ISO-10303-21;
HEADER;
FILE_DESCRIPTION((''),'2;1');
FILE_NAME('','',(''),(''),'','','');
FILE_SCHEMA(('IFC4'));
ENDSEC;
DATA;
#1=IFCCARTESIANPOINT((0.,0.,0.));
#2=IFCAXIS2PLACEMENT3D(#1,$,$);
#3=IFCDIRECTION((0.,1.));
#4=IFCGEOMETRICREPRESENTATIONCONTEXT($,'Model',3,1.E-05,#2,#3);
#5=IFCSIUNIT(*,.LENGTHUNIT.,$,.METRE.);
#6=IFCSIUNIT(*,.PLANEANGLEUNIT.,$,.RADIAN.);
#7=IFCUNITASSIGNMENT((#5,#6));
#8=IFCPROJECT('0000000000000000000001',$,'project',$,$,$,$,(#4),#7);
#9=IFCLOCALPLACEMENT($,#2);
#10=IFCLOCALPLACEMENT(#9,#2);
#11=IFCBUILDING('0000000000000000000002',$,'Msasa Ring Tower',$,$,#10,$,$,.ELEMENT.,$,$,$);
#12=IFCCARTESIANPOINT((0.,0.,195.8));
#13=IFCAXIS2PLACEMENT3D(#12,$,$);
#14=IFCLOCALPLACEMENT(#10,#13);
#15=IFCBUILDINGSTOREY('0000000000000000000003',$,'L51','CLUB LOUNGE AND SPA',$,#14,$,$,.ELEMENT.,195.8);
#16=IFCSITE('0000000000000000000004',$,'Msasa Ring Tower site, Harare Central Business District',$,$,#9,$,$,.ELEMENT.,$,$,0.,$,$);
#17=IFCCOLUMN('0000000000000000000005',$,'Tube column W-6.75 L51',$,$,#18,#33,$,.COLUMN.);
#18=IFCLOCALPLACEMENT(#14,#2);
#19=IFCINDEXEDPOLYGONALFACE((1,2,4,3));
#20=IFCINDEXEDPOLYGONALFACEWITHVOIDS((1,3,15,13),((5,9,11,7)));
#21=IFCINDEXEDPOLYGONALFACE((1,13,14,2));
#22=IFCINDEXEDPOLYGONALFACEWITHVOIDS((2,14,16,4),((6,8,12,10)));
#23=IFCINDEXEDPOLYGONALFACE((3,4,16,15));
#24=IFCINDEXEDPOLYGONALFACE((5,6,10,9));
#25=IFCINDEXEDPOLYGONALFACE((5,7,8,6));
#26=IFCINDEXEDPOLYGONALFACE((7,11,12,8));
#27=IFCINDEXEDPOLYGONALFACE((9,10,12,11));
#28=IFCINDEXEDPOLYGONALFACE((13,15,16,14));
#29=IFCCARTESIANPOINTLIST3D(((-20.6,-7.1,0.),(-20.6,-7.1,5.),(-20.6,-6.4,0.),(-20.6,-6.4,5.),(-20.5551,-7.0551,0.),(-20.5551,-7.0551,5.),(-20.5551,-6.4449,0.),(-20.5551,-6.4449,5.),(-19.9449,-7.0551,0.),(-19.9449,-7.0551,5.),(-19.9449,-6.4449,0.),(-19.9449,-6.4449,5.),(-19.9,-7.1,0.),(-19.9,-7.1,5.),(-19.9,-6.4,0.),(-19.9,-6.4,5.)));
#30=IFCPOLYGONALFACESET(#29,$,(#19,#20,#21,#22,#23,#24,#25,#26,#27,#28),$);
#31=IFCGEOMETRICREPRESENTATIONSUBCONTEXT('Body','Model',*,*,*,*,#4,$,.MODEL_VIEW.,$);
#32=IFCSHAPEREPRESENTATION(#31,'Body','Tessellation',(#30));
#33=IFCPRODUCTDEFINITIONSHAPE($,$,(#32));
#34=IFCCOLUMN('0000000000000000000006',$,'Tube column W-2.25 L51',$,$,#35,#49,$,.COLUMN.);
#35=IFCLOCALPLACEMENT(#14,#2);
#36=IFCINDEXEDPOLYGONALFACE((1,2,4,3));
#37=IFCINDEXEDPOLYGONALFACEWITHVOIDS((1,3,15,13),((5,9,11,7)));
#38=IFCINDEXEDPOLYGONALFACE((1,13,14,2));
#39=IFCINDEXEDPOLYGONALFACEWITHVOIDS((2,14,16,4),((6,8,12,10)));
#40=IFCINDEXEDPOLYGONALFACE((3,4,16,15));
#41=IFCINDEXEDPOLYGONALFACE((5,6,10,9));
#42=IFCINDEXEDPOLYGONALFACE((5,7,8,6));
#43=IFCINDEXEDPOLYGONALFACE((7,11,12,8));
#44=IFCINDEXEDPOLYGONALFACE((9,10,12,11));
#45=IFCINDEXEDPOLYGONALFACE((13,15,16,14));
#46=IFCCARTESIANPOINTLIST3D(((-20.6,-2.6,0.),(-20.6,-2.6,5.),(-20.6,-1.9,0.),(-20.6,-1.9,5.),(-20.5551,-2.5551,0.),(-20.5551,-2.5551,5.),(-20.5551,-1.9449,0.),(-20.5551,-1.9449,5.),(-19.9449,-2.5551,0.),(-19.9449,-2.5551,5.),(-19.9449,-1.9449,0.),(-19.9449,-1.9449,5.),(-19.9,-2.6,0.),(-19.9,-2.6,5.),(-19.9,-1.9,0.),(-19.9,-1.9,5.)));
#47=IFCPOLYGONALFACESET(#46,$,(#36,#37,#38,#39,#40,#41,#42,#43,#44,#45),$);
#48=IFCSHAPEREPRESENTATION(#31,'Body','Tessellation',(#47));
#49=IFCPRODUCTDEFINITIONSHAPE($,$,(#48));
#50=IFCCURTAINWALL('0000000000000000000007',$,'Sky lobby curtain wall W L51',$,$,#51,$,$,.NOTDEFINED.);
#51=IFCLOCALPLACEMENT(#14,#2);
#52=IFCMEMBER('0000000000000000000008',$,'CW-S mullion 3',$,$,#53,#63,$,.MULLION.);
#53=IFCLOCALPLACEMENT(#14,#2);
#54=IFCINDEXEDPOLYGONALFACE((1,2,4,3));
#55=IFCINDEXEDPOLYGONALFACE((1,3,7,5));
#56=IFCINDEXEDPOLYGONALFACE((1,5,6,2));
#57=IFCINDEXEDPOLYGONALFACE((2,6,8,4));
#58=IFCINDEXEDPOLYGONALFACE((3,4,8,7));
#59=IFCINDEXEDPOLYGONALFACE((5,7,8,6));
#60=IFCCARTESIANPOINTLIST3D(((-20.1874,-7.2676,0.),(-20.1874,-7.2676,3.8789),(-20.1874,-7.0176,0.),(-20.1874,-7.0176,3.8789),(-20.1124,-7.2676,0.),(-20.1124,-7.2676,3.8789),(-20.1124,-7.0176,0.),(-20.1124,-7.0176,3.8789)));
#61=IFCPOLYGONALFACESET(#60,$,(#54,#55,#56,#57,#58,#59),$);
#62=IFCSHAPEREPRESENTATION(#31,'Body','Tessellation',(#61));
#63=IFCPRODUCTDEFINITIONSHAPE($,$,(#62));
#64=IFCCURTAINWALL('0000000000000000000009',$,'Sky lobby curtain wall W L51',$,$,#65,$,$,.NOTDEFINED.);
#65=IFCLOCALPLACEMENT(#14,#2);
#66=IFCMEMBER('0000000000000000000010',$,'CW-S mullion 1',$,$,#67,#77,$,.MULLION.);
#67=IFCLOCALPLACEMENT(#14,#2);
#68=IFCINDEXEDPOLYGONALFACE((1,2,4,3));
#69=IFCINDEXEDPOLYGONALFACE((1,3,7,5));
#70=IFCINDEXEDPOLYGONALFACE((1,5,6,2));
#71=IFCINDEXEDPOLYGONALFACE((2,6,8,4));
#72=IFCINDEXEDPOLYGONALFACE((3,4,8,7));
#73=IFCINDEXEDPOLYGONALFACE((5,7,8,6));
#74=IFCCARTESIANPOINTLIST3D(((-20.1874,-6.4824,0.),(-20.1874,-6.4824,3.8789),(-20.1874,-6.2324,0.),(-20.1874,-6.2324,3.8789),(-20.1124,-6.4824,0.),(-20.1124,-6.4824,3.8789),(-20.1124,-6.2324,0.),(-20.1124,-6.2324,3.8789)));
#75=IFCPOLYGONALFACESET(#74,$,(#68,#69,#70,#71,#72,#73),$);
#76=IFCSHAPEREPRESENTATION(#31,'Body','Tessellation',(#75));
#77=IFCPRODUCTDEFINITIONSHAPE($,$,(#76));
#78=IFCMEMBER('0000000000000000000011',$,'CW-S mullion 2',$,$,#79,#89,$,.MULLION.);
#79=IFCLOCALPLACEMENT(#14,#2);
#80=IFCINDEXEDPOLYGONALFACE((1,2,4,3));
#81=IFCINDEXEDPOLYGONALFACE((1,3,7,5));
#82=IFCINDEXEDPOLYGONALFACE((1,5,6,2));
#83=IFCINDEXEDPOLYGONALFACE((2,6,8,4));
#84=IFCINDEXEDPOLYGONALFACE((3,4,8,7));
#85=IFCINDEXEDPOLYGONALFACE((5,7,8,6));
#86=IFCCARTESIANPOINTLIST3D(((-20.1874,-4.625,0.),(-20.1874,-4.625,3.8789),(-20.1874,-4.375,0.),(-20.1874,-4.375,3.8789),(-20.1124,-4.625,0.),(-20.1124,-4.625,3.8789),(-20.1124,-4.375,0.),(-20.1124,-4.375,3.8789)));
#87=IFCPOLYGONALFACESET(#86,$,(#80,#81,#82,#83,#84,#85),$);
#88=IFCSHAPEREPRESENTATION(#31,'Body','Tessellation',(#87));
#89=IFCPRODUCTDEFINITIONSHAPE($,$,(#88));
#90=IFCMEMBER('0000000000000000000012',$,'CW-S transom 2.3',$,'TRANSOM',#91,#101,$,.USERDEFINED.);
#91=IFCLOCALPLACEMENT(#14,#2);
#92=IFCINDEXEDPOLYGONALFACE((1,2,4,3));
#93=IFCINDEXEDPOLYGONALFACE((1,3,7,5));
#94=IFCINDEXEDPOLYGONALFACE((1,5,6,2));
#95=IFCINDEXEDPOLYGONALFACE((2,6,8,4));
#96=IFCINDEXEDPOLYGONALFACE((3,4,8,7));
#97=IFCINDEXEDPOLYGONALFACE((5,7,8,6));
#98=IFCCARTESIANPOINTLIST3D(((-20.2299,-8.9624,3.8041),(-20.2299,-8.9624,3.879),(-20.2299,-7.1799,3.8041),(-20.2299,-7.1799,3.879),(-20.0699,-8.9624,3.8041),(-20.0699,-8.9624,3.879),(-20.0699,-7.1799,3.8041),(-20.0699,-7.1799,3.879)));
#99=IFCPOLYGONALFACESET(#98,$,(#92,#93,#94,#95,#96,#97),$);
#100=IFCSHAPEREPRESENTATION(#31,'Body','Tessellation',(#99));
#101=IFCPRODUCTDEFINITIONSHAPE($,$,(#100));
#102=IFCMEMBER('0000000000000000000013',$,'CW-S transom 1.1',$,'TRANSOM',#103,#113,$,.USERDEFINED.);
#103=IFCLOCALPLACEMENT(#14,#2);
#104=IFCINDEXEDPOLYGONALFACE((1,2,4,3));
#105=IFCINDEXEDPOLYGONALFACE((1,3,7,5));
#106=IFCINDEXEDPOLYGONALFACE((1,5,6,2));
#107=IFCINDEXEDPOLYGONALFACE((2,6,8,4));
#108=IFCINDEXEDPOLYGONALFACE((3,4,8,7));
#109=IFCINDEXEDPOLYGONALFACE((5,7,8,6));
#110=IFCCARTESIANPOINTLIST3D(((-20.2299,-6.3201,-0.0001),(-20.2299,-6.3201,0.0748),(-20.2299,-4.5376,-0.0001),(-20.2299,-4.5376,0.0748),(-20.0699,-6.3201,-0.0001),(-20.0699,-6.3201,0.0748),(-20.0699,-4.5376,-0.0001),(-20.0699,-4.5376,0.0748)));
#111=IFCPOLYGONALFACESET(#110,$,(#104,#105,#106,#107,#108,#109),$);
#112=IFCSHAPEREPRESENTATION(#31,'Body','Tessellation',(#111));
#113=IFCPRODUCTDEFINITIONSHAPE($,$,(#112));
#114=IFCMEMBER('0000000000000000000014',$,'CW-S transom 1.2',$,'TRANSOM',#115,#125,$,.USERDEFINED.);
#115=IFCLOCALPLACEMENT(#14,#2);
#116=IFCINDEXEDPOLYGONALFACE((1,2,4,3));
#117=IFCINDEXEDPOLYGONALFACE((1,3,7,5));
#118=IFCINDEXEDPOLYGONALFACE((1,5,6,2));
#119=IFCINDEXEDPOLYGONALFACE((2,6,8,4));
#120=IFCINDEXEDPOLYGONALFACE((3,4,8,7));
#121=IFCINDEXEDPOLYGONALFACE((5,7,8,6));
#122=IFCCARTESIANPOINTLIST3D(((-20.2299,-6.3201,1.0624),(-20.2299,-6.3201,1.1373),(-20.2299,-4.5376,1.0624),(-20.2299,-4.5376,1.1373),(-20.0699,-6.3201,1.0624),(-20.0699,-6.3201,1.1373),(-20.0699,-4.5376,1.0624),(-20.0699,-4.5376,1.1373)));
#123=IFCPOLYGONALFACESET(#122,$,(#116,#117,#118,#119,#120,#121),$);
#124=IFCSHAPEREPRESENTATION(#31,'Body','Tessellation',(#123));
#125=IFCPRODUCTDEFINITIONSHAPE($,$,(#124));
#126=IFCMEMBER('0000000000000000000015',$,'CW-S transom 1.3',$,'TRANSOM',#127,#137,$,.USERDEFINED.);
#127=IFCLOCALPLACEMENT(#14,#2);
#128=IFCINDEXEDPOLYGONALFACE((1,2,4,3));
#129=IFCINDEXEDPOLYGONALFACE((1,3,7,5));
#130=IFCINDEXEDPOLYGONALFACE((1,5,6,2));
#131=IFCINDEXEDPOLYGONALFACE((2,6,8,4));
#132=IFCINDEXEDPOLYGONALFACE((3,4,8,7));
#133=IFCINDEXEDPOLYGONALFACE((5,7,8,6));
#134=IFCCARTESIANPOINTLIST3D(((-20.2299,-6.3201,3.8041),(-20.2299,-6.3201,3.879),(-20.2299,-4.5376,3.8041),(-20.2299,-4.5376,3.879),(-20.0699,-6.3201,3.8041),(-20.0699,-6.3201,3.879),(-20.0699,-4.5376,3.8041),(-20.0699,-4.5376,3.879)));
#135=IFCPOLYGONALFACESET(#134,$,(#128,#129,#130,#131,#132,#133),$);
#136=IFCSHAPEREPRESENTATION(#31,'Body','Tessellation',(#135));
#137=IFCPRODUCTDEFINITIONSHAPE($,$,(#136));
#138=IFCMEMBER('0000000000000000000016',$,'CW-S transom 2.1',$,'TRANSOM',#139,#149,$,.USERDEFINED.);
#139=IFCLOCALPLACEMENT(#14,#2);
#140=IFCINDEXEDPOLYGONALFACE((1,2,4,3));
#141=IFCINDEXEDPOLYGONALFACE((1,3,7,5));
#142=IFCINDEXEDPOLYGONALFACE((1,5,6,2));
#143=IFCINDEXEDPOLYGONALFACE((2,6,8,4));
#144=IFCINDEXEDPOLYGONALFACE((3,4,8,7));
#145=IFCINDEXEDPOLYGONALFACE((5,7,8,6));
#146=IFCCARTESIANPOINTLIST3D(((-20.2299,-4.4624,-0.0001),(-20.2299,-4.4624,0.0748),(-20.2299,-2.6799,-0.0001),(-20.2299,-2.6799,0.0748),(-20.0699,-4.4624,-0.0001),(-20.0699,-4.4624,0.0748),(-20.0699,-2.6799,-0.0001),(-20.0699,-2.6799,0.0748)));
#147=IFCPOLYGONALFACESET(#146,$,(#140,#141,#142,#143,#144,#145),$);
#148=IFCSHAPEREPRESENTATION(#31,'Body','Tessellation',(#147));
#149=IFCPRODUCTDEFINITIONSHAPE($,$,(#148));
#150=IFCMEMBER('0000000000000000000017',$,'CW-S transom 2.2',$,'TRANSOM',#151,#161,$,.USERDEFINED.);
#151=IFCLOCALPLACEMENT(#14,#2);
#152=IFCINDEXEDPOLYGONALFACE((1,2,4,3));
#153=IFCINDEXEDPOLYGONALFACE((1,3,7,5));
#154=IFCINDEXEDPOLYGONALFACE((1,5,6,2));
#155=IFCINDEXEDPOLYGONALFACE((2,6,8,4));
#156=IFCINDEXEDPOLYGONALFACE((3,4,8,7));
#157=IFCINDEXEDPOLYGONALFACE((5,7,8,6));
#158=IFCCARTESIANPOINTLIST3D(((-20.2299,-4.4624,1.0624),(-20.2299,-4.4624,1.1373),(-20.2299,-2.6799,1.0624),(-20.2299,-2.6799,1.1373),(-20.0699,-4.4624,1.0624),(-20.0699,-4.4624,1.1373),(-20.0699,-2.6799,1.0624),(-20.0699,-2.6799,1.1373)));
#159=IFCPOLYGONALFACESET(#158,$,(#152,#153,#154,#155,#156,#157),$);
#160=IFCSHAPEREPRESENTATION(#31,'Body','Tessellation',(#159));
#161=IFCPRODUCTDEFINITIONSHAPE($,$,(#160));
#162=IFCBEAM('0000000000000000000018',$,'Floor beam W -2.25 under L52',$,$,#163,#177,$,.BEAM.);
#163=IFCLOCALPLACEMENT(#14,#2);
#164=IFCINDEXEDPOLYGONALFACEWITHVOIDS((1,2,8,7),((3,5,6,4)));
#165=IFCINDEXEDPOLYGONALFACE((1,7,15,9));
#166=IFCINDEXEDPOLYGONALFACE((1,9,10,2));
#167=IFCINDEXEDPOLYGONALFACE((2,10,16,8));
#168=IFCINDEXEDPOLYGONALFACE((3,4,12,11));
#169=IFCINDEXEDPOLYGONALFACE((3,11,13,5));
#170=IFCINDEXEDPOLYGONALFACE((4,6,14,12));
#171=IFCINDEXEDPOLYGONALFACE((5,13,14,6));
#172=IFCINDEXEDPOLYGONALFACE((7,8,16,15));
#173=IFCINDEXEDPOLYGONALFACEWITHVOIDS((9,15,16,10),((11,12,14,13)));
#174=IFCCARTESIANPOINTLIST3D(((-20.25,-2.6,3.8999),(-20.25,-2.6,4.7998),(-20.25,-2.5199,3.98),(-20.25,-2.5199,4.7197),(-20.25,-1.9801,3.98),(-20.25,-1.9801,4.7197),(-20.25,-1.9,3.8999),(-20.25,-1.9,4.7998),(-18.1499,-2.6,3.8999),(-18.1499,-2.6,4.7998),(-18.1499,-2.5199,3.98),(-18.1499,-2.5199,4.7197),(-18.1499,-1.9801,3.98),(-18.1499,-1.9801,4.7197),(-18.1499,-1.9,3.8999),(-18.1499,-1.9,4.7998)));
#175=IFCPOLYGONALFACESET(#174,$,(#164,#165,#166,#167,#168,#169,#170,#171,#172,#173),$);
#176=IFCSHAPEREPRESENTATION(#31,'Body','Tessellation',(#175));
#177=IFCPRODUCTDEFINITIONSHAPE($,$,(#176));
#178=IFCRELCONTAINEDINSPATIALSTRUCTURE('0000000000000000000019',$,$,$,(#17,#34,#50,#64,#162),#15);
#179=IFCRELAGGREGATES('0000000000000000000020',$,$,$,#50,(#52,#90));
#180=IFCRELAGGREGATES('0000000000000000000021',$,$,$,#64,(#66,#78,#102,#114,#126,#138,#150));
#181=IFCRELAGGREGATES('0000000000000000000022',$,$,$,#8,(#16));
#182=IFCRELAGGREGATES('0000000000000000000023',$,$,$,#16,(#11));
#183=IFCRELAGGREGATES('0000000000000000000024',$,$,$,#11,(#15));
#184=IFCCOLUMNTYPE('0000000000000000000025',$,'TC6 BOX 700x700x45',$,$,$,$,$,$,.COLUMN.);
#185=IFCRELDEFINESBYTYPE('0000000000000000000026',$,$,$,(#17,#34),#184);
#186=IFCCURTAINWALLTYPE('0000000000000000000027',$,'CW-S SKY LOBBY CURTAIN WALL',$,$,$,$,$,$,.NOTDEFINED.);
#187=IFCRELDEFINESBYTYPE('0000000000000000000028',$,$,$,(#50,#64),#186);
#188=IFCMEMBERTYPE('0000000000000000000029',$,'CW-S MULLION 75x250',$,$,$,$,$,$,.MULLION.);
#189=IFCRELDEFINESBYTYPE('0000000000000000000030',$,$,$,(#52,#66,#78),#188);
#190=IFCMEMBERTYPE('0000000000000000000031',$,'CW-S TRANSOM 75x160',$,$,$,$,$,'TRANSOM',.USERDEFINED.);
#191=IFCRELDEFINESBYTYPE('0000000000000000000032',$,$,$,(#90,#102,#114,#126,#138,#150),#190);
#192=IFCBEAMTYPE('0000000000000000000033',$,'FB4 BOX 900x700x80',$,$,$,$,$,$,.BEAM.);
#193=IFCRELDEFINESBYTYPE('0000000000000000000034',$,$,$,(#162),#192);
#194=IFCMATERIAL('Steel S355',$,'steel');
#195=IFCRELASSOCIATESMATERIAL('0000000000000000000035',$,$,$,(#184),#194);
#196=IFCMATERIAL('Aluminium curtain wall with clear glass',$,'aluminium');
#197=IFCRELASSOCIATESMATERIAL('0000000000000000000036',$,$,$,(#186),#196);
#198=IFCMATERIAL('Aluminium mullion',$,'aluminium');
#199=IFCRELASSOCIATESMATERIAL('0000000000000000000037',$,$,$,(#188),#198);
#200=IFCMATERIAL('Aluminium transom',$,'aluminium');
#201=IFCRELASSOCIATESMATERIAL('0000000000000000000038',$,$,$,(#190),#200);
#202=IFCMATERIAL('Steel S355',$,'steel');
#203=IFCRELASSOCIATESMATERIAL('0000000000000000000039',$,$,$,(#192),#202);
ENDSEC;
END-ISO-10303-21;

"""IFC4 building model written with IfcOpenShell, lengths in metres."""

from ifc_helpers import new_model, si_unit, direction, frame, origin, origin_2d, place, context, subcontext, project, spatial, rectangle, hollow_rectangle, extrude, material, material_profile, profile_set, type_object, element, aggregate, save


model = new_model("IFC4")

# Units and contexts
model_context = context("Model", 3, precision=1e-05, world=origin(), true_north=direction((0.0, 1.0)))
body_context = subcontext(model_context, "Body", "Model", "MODEL_VIEW")
ifc_project = project(units=[si_unit("LENGTHUNIT", "METRE"), si_unit("PLANEANGLEUNIT", "RADIAN")], contexts=[model_context])

# Site, building, storey
site_placement = place(None, origin())
site = spatial("IfcSite", under=ifc_project, at=site_placement, Name="Msasa Ring Tower site, Harare Central Business District", CompositionType="ELEMENT", RefElevation=0.0)
building_placement = place(site_placement, origin())
building = spatial("IfcBuilding", under=site, at=building_placement, Name="Msasa Ring Tower", CompositionType="ELEMENT")
storey_placement = place(building_placement, frame((0.0, 0.0, 195.8)))
storey = spatial("IfcBuildingStorey", under=building, at=storey_placement, Name="L51", Description="CLUB LOUNGE AND SPA", CompositionType="ELEMENT", Elevation=195.8)

# Columns
ifc_material_1 = material(Name="Steel S355", Category="steel")
ifc_material_profile_1 = material_profile(ifc_material_1, hollow_rectangle(XDim=0.7, YDim=0.7, WallThickness=0.0449, at=origin_2d()), Name="BOX 700x700x45")
ifc_profile_set_1 = profile_set([ifc_material_profile_1], Name="Steel S355")
column_type = type_object("IfcColumnType", Name="TC6 BOX 700x700x45", PredefinedType="COLUMN", material=ifc_profile_set_1)
for number, where, z_axis, x_axis, name in (
    (1, (-20.25, -6.75, 0.0), (0.0, 0.0, 1.0), (1.0, 0.0, 0.0), "Tube column W-6.75 L51"),
    (2, (-20.25, -2.25, 0.0), (0.0, 0.0, 1.0), (1.0, 0.0, 0.0), "Tube column W-2.25 L51"),
):
    element("IfcColumn", number, at=place(storey_placement, frame(where, z_axis=z_axis, x_axis=x_axis)), inside=storey, type_object=column_type, Name=name, PredefinedType="COLUMN", context=body_context, shape_type="SweptSolid", body=[
        extrude(hollow_rectangle(XDim=0.7, YDim=0.7, WallThickness=0.0449, at=origin_2d()), origin(), (0.0, 0.0, 1.0), 5.0),
    ])

# Curtain wall, member
ifc_material_2 = material(Name="Aluminium curtain wall with clear glass", Category="aluminium")
curtain_wall_type = type_object("IfcCurtainWallType", Name="CW-S SKY LOBBY CURTAIN WALL", PredefinedType="NOTDEFINED", material=ifc_material_2)
curtain_wall_1_placement = place(storey_placement, origin())
curtain_wall_1 = element("IfcCurtainWall", 3, at=curtain_wall_1_placement, inside=storey, type_object=curtain_wall_type, Name="Sky lobby curtain wall W L51", PredefinedType="NOTDEFINED")
ifc_material_3 = material(Name="Aluminium mullion", Category="aluminium")
ifc_material_profile_2 = material_profile(ifc_material_3, rectangle(XDim=0.075, YDim=0.25, at=origin_2d()), Name="AL 75x250")
ifc_profile_set_2 = profile_set([ifc_material_profile_2], Name="Aluminium mullion")
member_type_1 = type_object("IfcMemberType", Name="CW-S MULLION 75x250", PredefinedType="MULLION", material=ifc_profile_set_2)
member_1_placement = place(storey_placement, frame((-20.1499, -7.1426, 0.0), z_axis=(0.0, 0.0, 1.0), x_axis=(-1.0, 0.0, 0.0)))
member_1 = element("IfcMember", 4, at=member_1_placement, type_object=member_type_1, Name="CW-S mullion 3", PredefinedType="MULLION", context=body_context, shape_type="SweptSolid", body=[
    extrude(rectangle(XDim=0.075, YDim=0.25, at=origin_2d()), origin(), (0.0, 0.0, 1.0), 3.8789),
])

# Curtain wall, members
curtain_wall_2_placement = place(storey_placement, origin())
curtain_wall_2 = element("IfcCurtainWall", 5, at=curtain_wall_2_placement, inside=storey, type_object=curtain_wall_type, Name="Sky lobby curtain wall W L51", PredefinedType="NOTDEFINED")
member_2_placement = place(storey_placement, frame((-20.1499, -6.3574, 0.0), z_axis=(0.0, 0.0, 1.0), x_axis=(-1.0, 0.0, 0.0)))
member_2 = element("IfcMember", 6, at=member_2_placement, type_object=member_type_1, Name="CW-S mullion 1", PredefinedType="MULLION", context=body_context, shape_type="SweptSolid", body=[
    extrude(rectangle(XDim=0.075, YDim=0.25, at=origin_2d()), origin(), (0.0, 0.0, 1.0), 3.8789),
])
member_3_placement = place(storey_placement, frame((-20.1499, -4.5, 0.0), z_axis=(0.0, 0.0, 1.0), x_axis=(-1.0, 0.0, 0.0)))
member_3 = element("IfcMember", 7, at=member_3_placement, type_object=member_type_1, Name="CW-S mullion 2", PredefinedType="MULLION", context=body_context, shape_type="SweptSolid", body=[
    extrude(rectangle(XDim=0.075, YDim=0.25, at=origin_2d()), origin(), (0.0, 0.0, 1.0), 3.8789),
])

# Members
ifc_material_4 = material(Name="Aluminium transom", Category="aluminium")
ifc_material_profile_3 = material_profile(ifc_material_4, rectangle(XDim=0.1599, YDim=0.075, at=origin_2d()), Name="AL 75x160")
ifc_profile_set_3 = profile_set([ifc_material_profile_3], Name="Aluminium transom")
member_type_2 = type_object("IfcMemberType", Name="CW-S TRANSOM 75x160", ElementType="TRANSOM", PredefinedType="USERDEFINED", material=ifc_profile_set_3)
member_4_placement = place(storey_placement, frame((-20.1499, -8.9624, 3.8416), z_axis=(0.0, 1.0, 0.0), x_axis=(-1.0, 0.0, 0.0)))
member_4 = element("IfcMember", 8, at=member_4_placement, type_object=member_type_2, Name="CW-S transom 2.3", ObjectType="TRANSOM", PredefinedType="USERDEFINED", context=body_context, shape_type="SweptSolid", body=[
    extrude(rectangle(XDim=0.1599, YDim=0.075, at=origin_2d()), origin(), (0.0, 0.0, 1.0), 1.7825),
])
member_5_placement = place(storey_placement, frame((-20.1499, -6.3201, 0.0374), z_axis=(0.0, 1.0, 0.0), x_axis=(-1.0, 0.0, 0.0)))
member_5 = element("IfcMember", 9, at=member_5_placement, type_object=member_type_2, Name="CW-S transom 1.1", ObjectType="TRANSOM", PredefinedType="USERDEFINED", context=body_context, shape_type="SweptSolid", body=[
    extrude(rectangle(XDim=0.1599, YDim=0.075, at=origin_2d()), origin(), (0.0, 0.0, 1.0), 1.7825),
])
member_6_placement = place(storey_placement, frame((-20.1499, -6.3201, 1.0999), z_axis=(0.0, 1.0, 0.0), x_axis=(-1.0, 0.0, 0.0)))
member_6 = element("IfcMember", 10, at=member_6_placement, type_object=member_type_2, Name="CW-S transom 1.2", ObjectType="TRANSOM", PredefinedType="USERDEFINED", context=body_context, shape_type="SweptSolid", body=[
    extrude(rectangle(XDim=0.1599, YDim=0.075, at=origin_2d()), origin(), (0.0, 0.0, 1.0), 1.7825),
])
member_7_placement = place(storey_placement, frame((-20.1499, -6.3201, 3.8416), z_axis=(0.0, 1.0, 0.0), x_axis=(-1.0, 0.0, 0.0)))
member_7 = element("IfcMember", 11, at=member_7_placement, type_object=member_type_2, Name="CW-S transom 1.3", ObjectType="TRANSOM", PredefinedType="USERDEFINED", context=body_context, shape_type="SweptSolid", body=[
    extrude(rectangle(XDim=0.1599, YDim=0.075, at=origin_2d()), origin(), (0.0, 0.0, 1.0), 1.7825),
])
member_8_placement = place(storey_placement, frame((-20.1499, -4.4624, 0.0374), z_axis=(0.0, 1.0, 0.0), x_axis=(-1.0, 0.0, 0.0)))
member_8 = element("IfcMember", 12, at=member_8_placement, type_object=member_type_2, Name="CW-S transom 2.1", ObjectType="TRANSOM", PredefinedType="USERDEFINED", context=body_context, shape_type="SweptSolid", body=[
    extrude(rectangle(XDim=0.1599, YDim=0.075, at=origin_2d()), origin(), (0.0, 0.0, 1.0), 1.7825),
])
member_9_placement = place(storey_placement, frame((-20.1499, -4.4624, 1.0999), z_axis=(0.0, 1.0, 0.0), x_axis=(-1.0, 0.0, 0.0)))
member_9 = element("IfcMember", 13, at=member_9_placement, type_object=member_type_2, Name="CW-S transom 2.2", ObjectType="TRANSOM", PredefinedType="USERDEFINED", context=body_context, shape_type="SweptSolid", body=[
    extrude(rectangle(XDim=0.1599, YDim=0.075, at=origin_2d()), origin(), (0.0, 0.0, 1.0), 1.7825),
])

# Beam
ifc_material_5 = material(Name="Steel S355", Category="steel")
ifc_material_profile_4 = material_profile(ifc_material_5, hollow_rectangle(XDim=0.7, YDim=0.8999, WallThickness=0.0801, at=origin_2d()), Name="BOX 900x700x80")
ifc_profile_set_4 = profile_set([ifc_material_profile_4], Name="Steel S355")
beam_type_1 = type_object("IfcBeamType", Name="FB4 BOX 900x700x80", PredefinedType="BEAM", material=ifc_profile_set_4)
beam_placement = place(storey_placement, frame((-20.25, -2.25, 4.3499), z_axis=(1.0, 0.0, 0.0), x_axis=(0.0, 1.0, 0.0)))
element("IfcBeam", 14, at=beam_placement, inside=storey, type_object=beam_type_1, Name="Floor beam W -2.25 under L52", PredefinedType="BEAM", context=body_context, shape_type="SweptSolid", body=[
    extrude(hollow_rectangle(XDim=0.7, YDim=0.8999, WallThickness=0.0801, at=origin_2d()), origin(), (0.0, 0.0, 1.0), 2.1001),
])

aggregate(curtain_wall_1, [member_1, member_4])
aggregate(curtain_wall_2, [member_2, member_3, member_5, member_6, member_7, member_8, member_9])

save(model, "model.ifc")
